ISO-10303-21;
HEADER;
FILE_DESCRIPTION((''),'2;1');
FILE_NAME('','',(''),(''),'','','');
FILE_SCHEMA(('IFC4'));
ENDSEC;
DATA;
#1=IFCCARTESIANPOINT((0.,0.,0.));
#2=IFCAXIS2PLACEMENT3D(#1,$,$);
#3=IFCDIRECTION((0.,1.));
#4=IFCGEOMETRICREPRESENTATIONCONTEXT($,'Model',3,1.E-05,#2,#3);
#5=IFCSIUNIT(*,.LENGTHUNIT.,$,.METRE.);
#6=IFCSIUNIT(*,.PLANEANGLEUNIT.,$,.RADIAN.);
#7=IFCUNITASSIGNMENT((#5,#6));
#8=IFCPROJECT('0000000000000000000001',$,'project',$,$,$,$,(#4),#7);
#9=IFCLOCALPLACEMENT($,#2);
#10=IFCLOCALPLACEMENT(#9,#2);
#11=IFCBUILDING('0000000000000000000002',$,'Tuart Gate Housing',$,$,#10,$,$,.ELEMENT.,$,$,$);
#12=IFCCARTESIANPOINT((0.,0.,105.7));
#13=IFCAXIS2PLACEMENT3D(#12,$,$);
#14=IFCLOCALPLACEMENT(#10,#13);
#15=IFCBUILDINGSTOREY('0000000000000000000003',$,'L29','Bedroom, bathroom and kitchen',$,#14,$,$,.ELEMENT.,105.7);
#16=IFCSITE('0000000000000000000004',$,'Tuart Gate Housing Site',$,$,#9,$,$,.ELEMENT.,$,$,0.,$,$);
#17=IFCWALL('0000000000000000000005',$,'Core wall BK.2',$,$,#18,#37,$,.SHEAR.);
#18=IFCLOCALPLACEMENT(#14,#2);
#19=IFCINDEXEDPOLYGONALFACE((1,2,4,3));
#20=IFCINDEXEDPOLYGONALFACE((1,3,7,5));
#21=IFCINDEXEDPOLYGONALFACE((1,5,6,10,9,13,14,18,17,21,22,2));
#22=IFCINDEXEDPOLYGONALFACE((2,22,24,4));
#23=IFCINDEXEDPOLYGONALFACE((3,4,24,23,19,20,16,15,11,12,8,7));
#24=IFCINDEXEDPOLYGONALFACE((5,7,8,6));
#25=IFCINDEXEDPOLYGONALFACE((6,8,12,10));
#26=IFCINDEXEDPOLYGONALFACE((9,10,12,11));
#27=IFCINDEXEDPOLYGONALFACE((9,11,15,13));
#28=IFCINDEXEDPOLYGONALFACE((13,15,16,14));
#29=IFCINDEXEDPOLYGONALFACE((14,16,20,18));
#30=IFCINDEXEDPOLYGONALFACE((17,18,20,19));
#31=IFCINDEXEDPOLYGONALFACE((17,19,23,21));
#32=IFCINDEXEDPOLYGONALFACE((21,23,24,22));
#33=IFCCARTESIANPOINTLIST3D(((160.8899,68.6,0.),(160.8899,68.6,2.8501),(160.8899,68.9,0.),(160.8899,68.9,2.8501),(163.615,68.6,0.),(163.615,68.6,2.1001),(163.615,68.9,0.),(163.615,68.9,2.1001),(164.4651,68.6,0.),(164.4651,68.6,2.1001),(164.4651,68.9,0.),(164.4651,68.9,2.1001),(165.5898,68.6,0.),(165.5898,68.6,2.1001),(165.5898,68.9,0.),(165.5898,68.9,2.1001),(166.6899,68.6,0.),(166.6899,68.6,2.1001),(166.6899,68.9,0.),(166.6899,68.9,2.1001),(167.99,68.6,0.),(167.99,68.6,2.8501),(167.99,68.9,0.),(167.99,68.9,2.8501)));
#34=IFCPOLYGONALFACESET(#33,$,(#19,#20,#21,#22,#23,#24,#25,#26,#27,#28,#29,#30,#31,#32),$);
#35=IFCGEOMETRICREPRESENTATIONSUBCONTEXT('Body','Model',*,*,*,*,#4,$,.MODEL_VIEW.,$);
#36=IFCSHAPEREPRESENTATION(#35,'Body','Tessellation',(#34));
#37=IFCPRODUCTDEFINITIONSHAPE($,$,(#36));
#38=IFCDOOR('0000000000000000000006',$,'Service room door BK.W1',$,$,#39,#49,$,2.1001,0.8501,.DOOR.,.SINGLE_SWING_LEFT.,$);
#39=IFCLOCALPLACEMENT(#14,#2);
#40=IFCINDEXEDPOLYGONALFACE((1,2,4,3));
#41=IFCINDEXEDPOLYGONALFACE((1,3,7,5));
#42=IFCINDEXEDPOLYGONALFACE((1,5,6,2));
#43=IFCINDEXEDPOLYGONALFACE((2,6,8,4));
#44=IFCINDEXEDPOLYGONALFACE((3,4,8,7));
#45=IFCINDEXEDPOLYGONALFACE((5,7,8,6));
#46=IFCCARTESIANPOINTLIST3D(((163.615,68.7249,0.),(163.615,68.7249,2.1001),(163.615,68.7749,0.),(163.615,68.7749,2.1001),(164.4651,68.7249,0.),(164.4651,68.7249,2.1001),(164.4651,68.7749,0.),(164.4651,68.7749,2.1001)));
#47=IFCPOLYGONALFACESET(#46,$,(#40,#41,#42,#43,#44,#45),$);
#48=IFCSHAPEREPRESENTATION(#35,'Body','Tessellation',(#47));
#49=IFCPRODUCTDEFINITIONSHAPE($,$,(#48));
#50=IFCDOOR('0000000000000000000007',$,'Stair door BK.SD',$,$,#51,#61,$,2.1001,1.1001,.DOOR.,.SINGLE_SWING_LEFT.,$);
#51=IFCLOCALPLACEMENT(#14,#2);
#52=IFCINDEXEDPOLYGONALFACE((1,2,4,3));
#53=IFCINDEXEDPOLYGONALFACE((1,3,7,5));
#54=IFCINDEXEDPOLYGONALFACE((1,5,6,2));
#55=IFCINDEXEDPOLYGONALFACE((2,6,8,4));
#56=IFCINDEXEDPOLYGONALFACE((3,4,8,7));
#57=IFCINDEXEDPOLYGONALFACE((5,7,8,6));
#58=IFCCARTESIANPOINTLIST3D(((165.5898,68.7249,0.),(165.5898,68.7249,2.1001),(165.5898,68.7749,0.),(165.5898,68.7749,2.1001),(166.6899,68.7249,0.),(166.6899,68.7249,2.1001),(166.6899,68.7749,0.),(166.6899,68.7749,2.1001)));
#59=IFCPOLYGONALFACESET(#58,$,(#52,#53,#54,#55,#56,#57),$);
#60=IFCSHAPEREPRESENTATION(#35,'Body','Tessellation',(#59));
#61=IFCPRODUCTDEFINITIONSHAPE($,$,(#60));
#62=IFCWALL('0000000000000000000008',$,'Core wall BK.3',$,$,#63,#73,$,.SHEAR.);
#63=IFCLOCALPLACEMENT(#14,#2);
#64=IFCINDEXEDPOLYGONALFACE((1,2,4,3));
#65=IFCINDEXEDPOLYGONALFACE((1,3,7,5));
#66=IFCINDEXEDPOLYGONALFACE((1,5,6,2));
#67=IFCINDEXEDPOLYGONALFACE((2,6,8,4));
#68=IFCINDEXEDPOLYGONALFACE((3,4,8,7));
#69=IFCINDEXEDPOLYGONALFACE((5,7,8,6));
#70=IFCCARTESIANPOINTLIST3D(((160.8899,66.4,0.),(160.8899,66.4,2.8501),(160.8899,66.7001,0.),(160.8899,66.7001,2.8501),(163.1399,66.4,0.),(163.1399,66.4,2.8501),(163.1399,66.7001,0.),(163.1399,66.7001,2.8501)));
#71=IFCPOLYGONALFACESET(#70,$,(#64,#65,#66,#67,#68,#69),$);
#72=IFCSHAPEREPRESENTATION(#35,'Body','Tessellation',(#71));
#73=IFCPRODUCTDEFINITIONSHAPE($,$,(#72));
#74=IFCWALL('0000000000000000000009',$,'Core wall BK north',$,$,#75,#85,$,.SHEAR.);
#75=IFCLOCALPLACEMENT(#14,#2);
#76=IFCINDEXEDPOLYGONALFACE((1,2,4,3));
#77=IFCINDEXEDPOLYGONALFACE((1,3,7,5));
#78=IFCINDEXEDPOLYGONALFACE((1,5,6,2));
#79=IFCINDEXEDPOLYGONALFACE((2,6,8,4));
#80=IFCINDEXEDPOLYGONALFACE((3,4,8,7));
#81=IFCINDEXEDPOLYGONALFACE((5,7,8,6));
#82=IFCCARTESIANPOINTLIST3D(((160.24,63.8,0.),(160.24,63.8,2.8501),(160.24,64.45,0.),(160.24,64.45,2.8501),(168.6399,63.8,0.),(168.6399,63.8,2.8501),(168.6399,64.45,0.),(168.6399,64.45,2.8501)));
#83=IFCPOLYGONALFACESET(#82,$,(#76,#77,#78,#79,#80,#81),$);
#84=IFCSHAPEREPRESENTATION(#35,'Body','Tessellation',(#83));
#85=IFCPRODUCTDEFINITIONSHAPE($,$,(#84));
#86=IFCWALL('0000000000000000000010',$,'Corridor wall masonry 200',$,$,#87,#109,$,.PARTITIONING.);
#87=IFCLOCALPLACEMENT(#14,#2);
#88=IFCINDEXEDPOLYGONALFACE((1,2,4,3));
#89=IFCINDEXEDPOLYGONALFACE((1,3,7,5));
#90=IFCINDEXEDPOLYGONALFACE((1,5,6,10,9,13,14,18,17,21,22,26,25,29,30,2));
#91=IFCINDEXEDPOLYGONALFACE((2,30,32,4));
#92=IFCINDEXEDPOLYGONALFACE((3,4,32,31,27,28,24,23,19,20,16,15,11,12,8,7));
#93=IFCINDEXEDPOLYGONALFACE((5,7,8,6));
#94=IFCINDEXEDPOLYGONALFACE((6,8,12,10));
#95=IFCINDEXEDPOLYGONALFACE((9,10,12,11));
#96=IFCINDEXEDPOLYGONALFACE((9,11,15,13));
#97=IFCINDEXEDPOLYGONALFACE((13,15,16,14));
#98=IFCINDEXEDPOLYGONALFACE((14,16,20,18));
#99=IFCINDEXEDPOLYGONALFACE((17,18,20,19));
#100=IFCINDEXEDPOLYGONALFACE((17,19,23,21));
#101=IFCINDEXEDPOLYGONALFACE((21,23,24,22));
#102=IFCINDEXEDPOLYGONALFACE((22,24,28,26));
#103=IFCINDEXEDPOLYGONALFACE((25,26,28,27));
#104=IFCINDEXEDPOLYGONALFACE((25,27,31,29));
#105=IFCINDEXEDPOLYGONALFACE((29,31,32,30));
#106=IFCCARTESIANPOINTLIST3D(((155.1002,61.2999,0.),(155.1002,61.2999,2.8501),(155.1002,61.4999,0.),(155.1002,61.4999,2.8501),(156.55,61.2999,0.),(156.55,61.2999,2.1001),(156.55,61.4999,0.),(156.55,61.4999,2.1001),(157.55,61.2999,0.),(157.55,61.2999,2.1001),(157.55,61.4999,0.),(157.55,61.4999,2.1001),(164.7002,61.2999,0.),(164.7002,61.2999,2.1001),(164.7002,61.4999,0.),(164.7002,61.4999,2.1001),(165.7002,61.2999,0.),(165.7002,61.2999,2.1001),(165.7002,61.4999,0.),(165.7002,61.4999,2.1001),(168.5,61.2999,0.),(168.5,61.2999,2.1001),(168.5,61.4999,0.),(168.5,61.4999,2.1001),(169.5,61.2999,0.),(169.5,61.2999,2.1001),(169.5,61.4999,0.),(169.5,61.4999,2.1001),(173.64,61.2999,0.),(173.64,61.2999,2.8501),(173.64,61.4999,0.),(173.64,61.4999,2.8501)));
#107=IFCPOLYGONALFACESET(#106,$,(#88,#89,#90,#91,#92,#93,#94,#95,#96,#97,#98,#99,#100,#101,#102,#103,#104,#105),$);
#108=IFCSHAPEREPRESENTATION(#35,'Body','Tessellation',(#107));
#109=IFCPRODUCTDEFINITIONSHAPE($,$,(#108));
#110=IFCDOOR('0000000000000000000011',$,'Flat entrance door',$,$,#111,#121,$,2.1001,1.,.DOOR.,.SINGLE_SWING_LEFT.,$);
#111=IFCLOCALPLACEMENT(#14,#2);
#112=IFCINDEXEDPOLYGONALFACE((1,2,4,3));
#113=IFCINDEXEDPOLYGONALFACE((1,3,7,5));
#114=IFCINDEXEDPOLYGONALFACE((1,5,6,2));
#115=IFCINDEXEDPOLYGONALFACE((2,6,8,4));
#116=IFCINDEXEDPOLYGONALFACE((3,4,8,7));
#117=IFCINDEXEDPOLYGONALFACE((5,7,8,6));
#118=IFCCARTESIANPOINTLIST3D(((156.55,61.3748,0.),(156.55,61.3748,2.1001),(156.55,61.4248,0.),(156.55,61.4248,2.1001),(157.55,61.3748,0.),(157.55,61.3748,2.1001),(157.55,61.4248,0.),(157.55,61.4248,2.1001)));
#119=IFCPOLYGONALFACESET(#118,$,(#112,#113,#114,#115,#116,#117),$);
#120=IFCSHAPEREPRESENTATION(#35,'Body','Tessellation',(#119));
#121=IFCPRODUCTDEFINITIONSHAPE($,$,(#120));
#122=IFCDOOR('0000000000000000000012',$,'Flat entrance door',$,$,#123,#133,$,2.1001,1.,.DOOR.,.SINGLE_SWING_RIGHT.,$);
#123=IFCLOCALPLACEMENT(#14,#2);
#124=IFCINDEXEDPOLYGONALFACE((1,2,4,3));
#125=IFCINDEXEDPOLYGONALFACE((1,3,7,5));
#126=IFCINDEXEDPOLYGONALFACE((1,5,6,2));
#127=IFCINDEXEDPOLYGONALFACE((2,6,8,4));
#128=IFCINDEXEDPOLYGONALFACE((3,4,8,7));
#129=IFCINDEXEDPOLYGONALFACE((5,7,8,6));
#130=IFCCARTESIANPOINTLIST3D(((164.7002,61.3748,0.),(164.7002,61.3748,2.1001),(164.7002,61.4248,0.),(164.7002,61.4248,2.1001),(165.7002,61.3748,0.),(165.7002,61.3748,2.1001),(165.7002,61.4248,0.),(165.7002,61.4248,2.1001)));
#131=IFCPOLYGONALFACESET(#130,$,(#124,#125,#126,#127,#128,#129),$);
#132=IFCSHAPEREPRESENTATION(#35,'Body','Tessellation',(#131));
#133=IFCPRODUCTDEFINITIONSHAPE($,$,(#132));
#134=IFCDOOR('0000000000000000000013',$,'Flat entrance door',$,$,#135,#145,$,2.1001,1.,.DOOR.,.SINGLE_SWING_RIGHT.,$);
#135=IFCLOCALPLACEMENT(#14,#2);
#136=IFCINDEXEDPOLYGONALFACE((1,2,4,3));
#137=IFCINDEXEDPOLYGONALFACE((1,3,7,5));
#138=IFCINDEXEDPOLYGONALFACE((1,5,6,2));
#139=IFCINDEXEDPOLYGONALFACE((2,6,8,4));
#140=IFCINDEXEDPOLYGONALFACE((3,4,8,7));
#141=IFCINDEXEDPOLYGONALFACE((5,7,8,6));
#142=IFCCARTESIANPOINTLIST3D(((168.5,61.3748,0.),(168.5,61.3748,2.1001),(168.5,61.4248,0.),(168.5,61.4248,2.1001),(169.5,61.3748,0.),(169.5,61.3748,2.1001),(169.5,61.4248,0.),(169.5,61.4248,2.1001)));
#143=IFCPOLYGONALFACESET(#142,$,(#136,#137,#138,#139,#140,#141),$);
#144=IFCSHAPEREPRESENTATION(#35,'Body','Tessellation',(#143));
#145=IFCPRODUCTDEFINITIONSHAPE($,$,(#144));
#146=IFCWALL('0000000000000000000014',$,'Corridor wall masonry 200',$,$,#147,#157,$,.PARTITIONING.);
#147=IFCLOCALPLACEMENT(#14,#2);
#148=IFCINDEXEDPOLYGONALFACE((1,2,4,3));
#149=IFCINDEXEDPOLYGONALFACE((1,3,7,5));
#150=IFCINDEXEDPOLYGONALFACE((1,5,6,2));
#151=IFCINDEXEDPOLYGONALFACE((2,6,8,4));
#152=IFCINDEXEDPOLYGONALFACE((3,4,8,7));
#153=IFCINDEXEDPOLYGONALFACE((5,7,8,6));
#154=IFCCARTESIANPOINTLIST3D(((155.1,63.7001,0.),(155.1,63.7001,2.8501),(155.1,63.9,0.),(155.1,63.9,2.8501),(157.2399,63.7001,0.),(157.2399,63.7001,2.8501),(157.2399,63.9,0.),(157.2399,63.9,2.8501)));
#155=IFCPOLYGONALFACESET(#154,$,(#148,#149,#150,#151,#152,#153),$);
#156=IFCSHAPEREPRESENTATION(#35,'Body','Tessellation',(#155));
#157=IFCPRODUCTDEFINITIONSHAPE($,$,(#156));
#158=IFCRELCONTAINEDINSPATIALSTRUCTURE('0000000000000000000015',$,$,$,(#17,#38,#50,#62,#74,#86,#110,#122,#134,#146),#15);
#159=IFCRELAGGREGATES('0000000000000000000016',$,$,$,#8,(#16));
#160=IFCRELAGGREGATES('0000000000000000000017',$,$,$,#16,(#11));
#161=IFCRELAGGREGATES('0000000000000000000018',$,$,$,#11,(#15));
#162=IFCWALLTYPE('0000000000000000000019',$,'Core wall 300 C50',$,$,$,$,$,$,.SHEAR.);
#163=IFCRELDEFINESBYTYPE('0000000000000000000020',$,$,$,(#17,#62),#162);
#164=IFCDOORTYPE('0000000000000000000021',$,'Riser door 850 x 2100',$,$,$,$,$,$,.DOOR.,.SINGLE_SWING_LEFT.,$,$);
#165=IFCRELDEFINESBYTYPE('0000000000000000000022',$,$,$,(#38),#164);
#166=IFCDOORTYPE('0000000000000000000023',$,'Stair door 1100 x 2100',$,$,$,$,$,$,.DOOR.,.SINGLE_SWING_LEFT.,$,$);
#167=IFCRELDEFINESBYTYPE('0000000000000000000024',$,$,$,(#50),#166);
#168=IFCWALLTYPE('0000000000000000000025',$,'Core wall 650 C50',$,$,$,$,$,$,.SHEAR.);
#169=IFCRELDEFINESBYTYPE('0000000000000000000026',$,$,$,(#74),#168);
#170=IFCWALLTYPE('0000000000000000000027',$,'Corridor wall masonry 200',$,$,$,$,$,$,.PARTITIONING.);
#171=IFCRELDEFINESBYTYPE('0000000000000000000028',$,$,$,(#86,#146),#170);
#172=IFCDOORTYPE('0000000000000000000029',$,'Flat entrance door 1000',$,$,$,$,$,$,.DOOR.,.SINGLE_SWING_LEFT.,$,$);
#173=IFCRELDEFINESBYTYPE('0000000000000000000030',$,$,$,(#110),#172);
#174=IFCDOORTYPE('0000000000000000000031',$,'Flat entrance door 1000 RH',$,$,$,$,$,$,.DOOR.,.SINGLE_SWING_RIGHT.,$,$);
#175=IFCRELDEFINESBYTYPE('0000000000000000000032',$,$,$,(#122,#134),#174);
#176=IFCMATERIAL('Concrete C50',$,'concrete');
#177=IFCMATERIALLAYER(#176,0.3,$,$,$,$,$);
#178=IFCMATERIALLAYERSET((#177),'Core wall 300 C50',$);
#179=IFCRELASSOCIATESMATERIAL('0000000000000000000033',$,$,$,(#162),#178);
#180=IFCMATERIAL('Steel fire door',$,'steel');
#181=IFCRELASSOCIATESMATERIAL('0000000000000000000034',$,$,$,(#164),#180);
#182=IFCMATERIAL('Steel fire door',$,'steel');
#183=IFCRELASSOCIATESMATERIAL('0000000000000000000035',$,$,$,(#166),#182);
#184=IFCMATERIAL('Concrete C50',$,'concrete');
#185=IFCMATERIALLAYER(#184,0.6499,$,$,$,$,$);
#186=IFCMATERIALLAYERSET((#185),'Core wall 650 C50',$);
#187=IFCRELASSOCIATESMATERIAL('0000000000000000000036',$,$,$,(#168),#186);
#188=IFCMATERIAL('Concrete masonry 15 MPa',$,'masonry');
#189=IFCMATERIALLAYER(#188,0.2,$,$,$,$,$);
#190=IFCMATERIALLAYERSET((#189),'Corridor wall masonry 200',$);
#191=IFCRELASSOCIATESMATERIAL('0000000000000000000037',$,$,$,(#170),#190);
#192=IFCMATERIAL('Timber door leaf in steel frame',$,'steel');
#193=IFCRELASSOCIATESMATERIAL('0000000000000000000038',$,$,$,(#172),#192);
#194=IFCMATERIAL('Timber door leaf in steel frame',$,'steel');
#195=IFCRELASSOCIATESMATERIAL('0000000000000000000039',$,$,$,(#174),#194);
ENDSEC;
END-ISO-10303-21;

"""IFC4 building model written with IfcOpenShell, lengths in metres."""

from ifc_helpers import new_model, si_unit, direction, frame, frame_2d, origin, place, context, subcontext, project, spatial, rectangle, extrude, material, layer, layer_set, type_object, element, fill, save


model = new_model("IFC4")

# Units and contexts
model_context = context("Model", 3, precision=1e-05, world=origin(), true_north=direction((0.0, 1.0)))
body_context = subcontext(model_context, "Body", "Model", "MODEL_VIEW")
ifc_project = project(units=[si_unit("LENGTHUNIT", "METRE"), si_unit("PLANEANGLEUNIT", "RADIAN")], contexts=[model_context])

# Site, building, storey
site_placement = place(None, origin())
site = spatial("IfcSite", under=ifc_project, at=site_placement, Name="Tuart Gate Housing Site", CompositionType="ELEMENT", RefElevation=0.0)
building_placement = place(site_placement, origin())
building = spatial("IfcBuilding", under=site, at=building_placement, Name="Tuart Gate Housing", CompositionType="ELEMENT")
storey_placement = place(building_placement, frame((0.0, 0.0, 105.7)))
storey = spatial("IfcBuildingStorey", under=building, at=storey_placement, Name="L29", Description="Bedroom, bathroom and kitchen", CompositionType="ELEMENT", Elevation=105.7)

# Wall, openings, doors
ifc_material_1 = material(Name="Concrete C50", Category="concrete")
ifc_layer_1 = layer(ifc_material_1, 0.3)
ifc_layer_set_1 = layer_set([ifc_layer_1], Name="Core wall 300 C50")
wall_type_1 = type_object("IfcWallType", Name="Core wall 300 C50", PredefinedType="SHEAR", material=ifc_layer_set_1)
wall_1_placement = place(storey_placement, frame((160.8899, 68.75, 0.0), z_axis=(0.0, 0.0, 1.0), x_axis=(1.0, 0.0, 0.0)))
wall_1 = element("IfcWall", 1, at=wall_1_placement, inside=storey, type_object=wall_type_1, Name="Core wall BK.2", PredefinedType="SHEAR", context=body_context, shape_type="SweptSolid", body=[
    extrude(rectangle(XDim=7.1001, YDim=0.3, at=frame_2d((3.55, 0.0))), origin(), (0.0, 0.0, 1.0), 2.8501),
])
opening_1_placement = place(wall_1_placement, frame((4.7, 0.0, 0.0)))
opening_1 = element("IfcOpeningElement", 2, at=opening_1_placement, cuts=wall_1, PredefinedType="OPENING", context=body_context, shape_type="SweptSolid", body=[
    extrude(rectangle(XDim=1.1001, YDim=2.1001, at=frame_2d((0.55, 1.05))), frame((0.0, 0.1599, 0.0), z_axis=(0.0, -1.0, 0.0), x_axis=(1.0, 0.0, 0.0)), (0.0, 0.0, 1.0), 0.3201),
])
opening_2_placement = place(wall_1_placement, frame((2.7251, 0.0, 0.0)))
opening_2 = element("IfcOpeningElement", 3, at=opening_2_placement, cuts=wall_1, PredefinedType="OPENING", context=body_context, shape_type="SweptSolid", body=[
    extrude(rectangle(XDim=0.8501, YDim=2.1001, at=frame_2d((0.425, 1.05))), frame((0.0, 0.1599, 0.0), z_axis=(0.0, -1.0, 0.0), x_axis=(1.0, 0.0, 0.0)), (0.0, 0.0, 1.0), 0.3201),
])
ifc_material_2 = material(Name="Steel fire door", Category="steel")
door_type_1 = type_object("IfcDoorType", Name="Riser door 850 x 2100", OperationType="SINGLE_SWING_LEFT", PredefinedType="DOOR", material=ifc_material_2)
door_1_placement = place(opening_2_placement, origin())
door_1 = element("IfcDoor", 4, at=door_1_placement, inside=storey, type_object=door_type_1, Name="Service room door BK.W1", OperationType="SINGLE_SWING_LEFT", OverallHeight=2.1001, OverallWidth=0.8501, PredefinedType="DOOR", context=body_context, shape_type="SweptSolid", body=[
    extrude(rectangle(XDim=0.8501, YDim=2.1001, at=frame_2d((0.425, 1.05))), frame((0.0, 0.0249, 0.0), z_axis=(0.0, -1.0, 0.0), x_axis=(1.0, 0.0, 0.0)), (0.0, 0.0, 1.0), 0.05),
])
fill(opening_2, door_1)
ifc_material_3 = material(Name="Steel fire door", Category="steel")
door_type_2 = type_object("IfcDoorType", Name="Stair door 1100 x 2100", OperationType="SINGLE_SWING_LEFT", PredefinedType="DOOR", material=ifc_material_3)
door_2_placement = place(opening_1_placement, origin())
door_2 = element("IfcDoor", 5, at=door_2_placement, inside=storey, type_object=door_type_2, Name="Stair door BK.SD", OperationType="SINGLE_SWING_LEFT", OverallHeight=2.1001, OverallWidth=1.1001, PredefinedType="DOOR", context=body_context, shape_type="SweptSolid", body=[
    extrude(rectangle(XDim=1.1001, YDim=2.1001, at=frame_2d((0.55, 1.05))), frame((0.0, 0.0249, 0.0), z_axis=(0.0, -1.0, 0.0), x_axis=(1.0, 0.0, 0.0)), (0.0, 0.0, 1.0), 0.05),
])
fill(opening_1, door_2)

# Walls
wall_2_placement = place(storey_placement, frame((160.8899, 66.55, 0.0), z_axis=(0.0, 0.0, 1.0), x_axis=(1.0, 0.0, 0.0)))
element("IfcWall", 6, at=wall_2_placement, inside=storey, type_object=wall_type_1, Name="Core wall BK.3", PredefinedType="SHEAR", context=body_context, shape_type="SweptSolid", body=[
    extrude(rectangle(XDim=2.25, YDim=0.3, at=frame_2d((1.125, 0.0))), origin(), (0.0, 0.0, 1.0), 2.8501),
])
ifc_material_4 = material(Name="Concrete C50", Category="concrete")
ifc_layer_2 = layer(ifc_material_4, 0.6499)
ifc_layer_set_2 = layer_set([ifc_layer_2], Name="Core wall 650 C50")
wall_type_2 = type_object("IfcWallType", Name="Core wall 650 C50", PredefinedType="SHEAR", material=ifc_layer_set_2)
wall_3_placement = place(storey_placement, frame((160.24, 64.125, 0.0), z_axis=(0.0, 0.0, 1.0), x_axis=(1.0, 0.0, 0.0)))
element("IfcWall", 7, at=wall_3_placement, inside=storey, type_object=wall_type_2, Name="Core wall BK north", PredefinedType="SHEAR", context=body_context, shape_type="SweptSolid", body=[
    extrude(rectangle(XDim=8.3999, YDim=0.6499, at=frame_2d((4.2, 0.0))), origin(), (0.0, 0.0, 1.0), 2.8501),
])

# Wall, openings, doors
ifc_material_5 = material(Name="Concrete masonry 15 MPa", Category="masonry")
ifc_layer_3 = layer(ifc_material_5, 0.2)
ifc_layer_set_3 = layer_set([ifc_layer_3], Name="Corridor wall masonry 200")
wall_type_3 = type_object("IfcWallType", Name="Corridor wall masonry 200", PredefinedType="PARTITIONING", material=ifc_layer_set_3)
wall_4_placement = place(storey_placement, frame((155.1001, 61.3999, 0.0), z_axis=(0.0, 0.0, 1.0), x_axis=(1.0, 0.0, 0.0)))
wall_4 = element("IfcWall", 8, at=wall_4_placement, inside=storey, type_object=wall_type_3, Name="Corridor wall masonry 200", PredefinedType="PARTITIONING", context=body_context, shape_type="SweptSolid", body=[
    extrude(rectangle(XDim=18.5398, YDim=0.2, at=frame_2d((9.27, 0.0))), origin(), (0.0, 0.0, 1.0), 2.8501),
])
opening_3_placement = place(wall_4_placement, frame((1.45, 0.0, 0.0)))
opening_3 = element("IfcOpeningElement", 9, at=opening_3_placement, cuts=wall_4, PredefinedType="OPENING", context=body_context, shape_type="SweptSolid", body=[
    extrude(rectangle(XDim=1.0, YDim=2.1001, at=frame_2d((0.5, 1.05))), frame((0.0, 0.1099, 0.0), z_axis=(0.0, -1.0, 0.0), x_axis=(1.0, 0.0, 0.0)), (0.0, 0.0, 1.0), 0.22),
])
opening_4_placement = place(wall_4_placement, frame((9.6001, 0.0, 0.0)))
opening_4 = element("IfcOpeningElement", 10, at=opening_4_placement, cuts=wall_4, PredefinedType="OPENING", context=body_context, shape_type="SweptSolid", body=[
    extrude(rectangle(XDim=1.0, YDim=2.1001, at=frame_2d((0.5, 1.05))), frame((0.0, 0.1099, 0.0), z_axis=(0.0, -1.0, 0.0), x_axis=(1.0, 0.0, 0.0)), (0.0, 0.0, 1.0), 0.22),
])
opening_5_placement = place(wall_4_placement, frame((13.3999, 0.0, 0.0)))
opening_5 = element("IfcOpeningElement", 11, at=opening_5_placement, cuts=wall_4, PredefinedType="OPENING", context=body_context, shape_type="SweptSolid", body=[
    extrude(rectangle(XDim=1.0, YDim=2.1001, at=frame_2d((0.5, 1.05))), frame((0.0, 0.1099, 0.0), z_axis=(0.0, -1.0, 0.0), x_axis=(1.0, 0.0, 0.0)), (0.0, 0.0, 1.0), 0.22),
])
ifc_material_6 = material(Name="Timber door leaf in steel frame", Category="steel")
door_type_3 = type_object("IfcDoorType", Name="Flat entrance door 1000", OperationType="SINGLE_SWING_LEFT", PredefinedType="DOOR", material=ifc_material_6)
door_3_placement = place(opening_3_placement, frame((1.0, 0.0, 0.0), z_axis=(0.0, 0.0, 1.0), x_axis=(-1.0, 0.0, 0.0)))
door_3 = element("IfcDoor", 12, at=door_3_placement, inside=storey, type_object=door_type_3, Name="Flat entrance door", OperationType="SINGLE_SWING_LEFT", OverallHeight=2.1001, OverallWidth=1.0, PredefinedType="DOOR", context=body_context, shape_type="SweptSolid", body=[
    extrude(rectangle(XDim=1.0, YDim=2.1001, at=frame_2d((0.5, 1.05))), frame((0.0, 0.0251, 0.0), z_axis=(0.0, -1.0, 0.0), x_axis=(1.0, 0.0, 0.0)), (0.0, 0.0, 1.0), 0.05),
])
fill(opening_3, door_3)
ifc_material_7 = material(Name="Timber door leaf in steel frame", Category="steel")
door_type_4 = type_object("IfcDoorType", Name="Flat entrance door 1000 RH", OperationType="SINGLE_SWING_RIGHT", PredefinedType="DOOR", material=ifc_material_7)
door_4_placement = place(opening_4_placement, frame((1.0, 0.0, 0.0), z_axis=(0.0, 0.0, 1.0), x_axis=(-1.0, 0.0, 0.0)))
door_4 = element("IfcDoor", 13, at=door_4_placement, inside=storey, type_object=door_type_4, Name="Flat entrance door", OperationType="SINGLE_SWING_RIGHT", OverallHeight=2.1001, OverallWidth=1.0, PredefinedType="DOOR", context=body_context, shape_type="SweptSolid", body=[
    extrude(rectangle(XDim=1.0, YDim=2.1001, at=frame_2d((0.5, 1.05))), frame((0.0, 0.0251, 0.0), z_axis=(0.0, -1.0, 0.0), x_axis=(1.0, 0.0, 0.0)), (0.0, 0.0, 1.0), 0.05),
])
fill(opening_4, door_4)
door_5_placement = place(opening_5_placement, frame((1.0, 0.0, 0.0), z_axis=(0.0, 0.0, 1.0), x_axis=(-1.0, 0.0, 0.0)))
door_5 = element("IfcDoor", 14, at=door_5_placement, inside=storey, type_object=door_type_4, Name="Flat entrance door", OperationType="SINGLE_SWING_RIGHT", OverallHeight=2.1001, OverallWidth=1.0, PredefinedType="DOOR", context=body_context, shape_type="SweptSolid", body=[
    extrude(rectangle(XDim=1.0, YDim=2.1001, at=frame_2d((0.5, 1.05))), frame((0.0, 0.0251, 0.0), z_axis=(0.0, -1.0, 0.0), x_axis=(1.0, 0.0, 0.0)), (0.0, 0.0, 1.0), 0.05),
])
fill(opening_5, door_5)

# Wall
wall_5_placement = place(storey_placement, frame((155.1001, 63.8, 0.0), z_axis=(0.0, 0.0, 1.0), x_axis=(1.0, 0.0, 0.0)))
element("IfcWall", 15, at=wall_5_placement, inside=storey, type_object=wall_type_3, Name="Corridor wall masonry 200", PredefinedType="PARTITIONING", context=body_context, shape_type="SweptSolid", body=[
    extrude(rectangle(XDim=2.1399, YDim=0.2, at=frame_2d((1.0698, 0.0))), origin(), (0.0, 0.0, 1.0), 2.8501),
])

save(model, "model.ifc")
